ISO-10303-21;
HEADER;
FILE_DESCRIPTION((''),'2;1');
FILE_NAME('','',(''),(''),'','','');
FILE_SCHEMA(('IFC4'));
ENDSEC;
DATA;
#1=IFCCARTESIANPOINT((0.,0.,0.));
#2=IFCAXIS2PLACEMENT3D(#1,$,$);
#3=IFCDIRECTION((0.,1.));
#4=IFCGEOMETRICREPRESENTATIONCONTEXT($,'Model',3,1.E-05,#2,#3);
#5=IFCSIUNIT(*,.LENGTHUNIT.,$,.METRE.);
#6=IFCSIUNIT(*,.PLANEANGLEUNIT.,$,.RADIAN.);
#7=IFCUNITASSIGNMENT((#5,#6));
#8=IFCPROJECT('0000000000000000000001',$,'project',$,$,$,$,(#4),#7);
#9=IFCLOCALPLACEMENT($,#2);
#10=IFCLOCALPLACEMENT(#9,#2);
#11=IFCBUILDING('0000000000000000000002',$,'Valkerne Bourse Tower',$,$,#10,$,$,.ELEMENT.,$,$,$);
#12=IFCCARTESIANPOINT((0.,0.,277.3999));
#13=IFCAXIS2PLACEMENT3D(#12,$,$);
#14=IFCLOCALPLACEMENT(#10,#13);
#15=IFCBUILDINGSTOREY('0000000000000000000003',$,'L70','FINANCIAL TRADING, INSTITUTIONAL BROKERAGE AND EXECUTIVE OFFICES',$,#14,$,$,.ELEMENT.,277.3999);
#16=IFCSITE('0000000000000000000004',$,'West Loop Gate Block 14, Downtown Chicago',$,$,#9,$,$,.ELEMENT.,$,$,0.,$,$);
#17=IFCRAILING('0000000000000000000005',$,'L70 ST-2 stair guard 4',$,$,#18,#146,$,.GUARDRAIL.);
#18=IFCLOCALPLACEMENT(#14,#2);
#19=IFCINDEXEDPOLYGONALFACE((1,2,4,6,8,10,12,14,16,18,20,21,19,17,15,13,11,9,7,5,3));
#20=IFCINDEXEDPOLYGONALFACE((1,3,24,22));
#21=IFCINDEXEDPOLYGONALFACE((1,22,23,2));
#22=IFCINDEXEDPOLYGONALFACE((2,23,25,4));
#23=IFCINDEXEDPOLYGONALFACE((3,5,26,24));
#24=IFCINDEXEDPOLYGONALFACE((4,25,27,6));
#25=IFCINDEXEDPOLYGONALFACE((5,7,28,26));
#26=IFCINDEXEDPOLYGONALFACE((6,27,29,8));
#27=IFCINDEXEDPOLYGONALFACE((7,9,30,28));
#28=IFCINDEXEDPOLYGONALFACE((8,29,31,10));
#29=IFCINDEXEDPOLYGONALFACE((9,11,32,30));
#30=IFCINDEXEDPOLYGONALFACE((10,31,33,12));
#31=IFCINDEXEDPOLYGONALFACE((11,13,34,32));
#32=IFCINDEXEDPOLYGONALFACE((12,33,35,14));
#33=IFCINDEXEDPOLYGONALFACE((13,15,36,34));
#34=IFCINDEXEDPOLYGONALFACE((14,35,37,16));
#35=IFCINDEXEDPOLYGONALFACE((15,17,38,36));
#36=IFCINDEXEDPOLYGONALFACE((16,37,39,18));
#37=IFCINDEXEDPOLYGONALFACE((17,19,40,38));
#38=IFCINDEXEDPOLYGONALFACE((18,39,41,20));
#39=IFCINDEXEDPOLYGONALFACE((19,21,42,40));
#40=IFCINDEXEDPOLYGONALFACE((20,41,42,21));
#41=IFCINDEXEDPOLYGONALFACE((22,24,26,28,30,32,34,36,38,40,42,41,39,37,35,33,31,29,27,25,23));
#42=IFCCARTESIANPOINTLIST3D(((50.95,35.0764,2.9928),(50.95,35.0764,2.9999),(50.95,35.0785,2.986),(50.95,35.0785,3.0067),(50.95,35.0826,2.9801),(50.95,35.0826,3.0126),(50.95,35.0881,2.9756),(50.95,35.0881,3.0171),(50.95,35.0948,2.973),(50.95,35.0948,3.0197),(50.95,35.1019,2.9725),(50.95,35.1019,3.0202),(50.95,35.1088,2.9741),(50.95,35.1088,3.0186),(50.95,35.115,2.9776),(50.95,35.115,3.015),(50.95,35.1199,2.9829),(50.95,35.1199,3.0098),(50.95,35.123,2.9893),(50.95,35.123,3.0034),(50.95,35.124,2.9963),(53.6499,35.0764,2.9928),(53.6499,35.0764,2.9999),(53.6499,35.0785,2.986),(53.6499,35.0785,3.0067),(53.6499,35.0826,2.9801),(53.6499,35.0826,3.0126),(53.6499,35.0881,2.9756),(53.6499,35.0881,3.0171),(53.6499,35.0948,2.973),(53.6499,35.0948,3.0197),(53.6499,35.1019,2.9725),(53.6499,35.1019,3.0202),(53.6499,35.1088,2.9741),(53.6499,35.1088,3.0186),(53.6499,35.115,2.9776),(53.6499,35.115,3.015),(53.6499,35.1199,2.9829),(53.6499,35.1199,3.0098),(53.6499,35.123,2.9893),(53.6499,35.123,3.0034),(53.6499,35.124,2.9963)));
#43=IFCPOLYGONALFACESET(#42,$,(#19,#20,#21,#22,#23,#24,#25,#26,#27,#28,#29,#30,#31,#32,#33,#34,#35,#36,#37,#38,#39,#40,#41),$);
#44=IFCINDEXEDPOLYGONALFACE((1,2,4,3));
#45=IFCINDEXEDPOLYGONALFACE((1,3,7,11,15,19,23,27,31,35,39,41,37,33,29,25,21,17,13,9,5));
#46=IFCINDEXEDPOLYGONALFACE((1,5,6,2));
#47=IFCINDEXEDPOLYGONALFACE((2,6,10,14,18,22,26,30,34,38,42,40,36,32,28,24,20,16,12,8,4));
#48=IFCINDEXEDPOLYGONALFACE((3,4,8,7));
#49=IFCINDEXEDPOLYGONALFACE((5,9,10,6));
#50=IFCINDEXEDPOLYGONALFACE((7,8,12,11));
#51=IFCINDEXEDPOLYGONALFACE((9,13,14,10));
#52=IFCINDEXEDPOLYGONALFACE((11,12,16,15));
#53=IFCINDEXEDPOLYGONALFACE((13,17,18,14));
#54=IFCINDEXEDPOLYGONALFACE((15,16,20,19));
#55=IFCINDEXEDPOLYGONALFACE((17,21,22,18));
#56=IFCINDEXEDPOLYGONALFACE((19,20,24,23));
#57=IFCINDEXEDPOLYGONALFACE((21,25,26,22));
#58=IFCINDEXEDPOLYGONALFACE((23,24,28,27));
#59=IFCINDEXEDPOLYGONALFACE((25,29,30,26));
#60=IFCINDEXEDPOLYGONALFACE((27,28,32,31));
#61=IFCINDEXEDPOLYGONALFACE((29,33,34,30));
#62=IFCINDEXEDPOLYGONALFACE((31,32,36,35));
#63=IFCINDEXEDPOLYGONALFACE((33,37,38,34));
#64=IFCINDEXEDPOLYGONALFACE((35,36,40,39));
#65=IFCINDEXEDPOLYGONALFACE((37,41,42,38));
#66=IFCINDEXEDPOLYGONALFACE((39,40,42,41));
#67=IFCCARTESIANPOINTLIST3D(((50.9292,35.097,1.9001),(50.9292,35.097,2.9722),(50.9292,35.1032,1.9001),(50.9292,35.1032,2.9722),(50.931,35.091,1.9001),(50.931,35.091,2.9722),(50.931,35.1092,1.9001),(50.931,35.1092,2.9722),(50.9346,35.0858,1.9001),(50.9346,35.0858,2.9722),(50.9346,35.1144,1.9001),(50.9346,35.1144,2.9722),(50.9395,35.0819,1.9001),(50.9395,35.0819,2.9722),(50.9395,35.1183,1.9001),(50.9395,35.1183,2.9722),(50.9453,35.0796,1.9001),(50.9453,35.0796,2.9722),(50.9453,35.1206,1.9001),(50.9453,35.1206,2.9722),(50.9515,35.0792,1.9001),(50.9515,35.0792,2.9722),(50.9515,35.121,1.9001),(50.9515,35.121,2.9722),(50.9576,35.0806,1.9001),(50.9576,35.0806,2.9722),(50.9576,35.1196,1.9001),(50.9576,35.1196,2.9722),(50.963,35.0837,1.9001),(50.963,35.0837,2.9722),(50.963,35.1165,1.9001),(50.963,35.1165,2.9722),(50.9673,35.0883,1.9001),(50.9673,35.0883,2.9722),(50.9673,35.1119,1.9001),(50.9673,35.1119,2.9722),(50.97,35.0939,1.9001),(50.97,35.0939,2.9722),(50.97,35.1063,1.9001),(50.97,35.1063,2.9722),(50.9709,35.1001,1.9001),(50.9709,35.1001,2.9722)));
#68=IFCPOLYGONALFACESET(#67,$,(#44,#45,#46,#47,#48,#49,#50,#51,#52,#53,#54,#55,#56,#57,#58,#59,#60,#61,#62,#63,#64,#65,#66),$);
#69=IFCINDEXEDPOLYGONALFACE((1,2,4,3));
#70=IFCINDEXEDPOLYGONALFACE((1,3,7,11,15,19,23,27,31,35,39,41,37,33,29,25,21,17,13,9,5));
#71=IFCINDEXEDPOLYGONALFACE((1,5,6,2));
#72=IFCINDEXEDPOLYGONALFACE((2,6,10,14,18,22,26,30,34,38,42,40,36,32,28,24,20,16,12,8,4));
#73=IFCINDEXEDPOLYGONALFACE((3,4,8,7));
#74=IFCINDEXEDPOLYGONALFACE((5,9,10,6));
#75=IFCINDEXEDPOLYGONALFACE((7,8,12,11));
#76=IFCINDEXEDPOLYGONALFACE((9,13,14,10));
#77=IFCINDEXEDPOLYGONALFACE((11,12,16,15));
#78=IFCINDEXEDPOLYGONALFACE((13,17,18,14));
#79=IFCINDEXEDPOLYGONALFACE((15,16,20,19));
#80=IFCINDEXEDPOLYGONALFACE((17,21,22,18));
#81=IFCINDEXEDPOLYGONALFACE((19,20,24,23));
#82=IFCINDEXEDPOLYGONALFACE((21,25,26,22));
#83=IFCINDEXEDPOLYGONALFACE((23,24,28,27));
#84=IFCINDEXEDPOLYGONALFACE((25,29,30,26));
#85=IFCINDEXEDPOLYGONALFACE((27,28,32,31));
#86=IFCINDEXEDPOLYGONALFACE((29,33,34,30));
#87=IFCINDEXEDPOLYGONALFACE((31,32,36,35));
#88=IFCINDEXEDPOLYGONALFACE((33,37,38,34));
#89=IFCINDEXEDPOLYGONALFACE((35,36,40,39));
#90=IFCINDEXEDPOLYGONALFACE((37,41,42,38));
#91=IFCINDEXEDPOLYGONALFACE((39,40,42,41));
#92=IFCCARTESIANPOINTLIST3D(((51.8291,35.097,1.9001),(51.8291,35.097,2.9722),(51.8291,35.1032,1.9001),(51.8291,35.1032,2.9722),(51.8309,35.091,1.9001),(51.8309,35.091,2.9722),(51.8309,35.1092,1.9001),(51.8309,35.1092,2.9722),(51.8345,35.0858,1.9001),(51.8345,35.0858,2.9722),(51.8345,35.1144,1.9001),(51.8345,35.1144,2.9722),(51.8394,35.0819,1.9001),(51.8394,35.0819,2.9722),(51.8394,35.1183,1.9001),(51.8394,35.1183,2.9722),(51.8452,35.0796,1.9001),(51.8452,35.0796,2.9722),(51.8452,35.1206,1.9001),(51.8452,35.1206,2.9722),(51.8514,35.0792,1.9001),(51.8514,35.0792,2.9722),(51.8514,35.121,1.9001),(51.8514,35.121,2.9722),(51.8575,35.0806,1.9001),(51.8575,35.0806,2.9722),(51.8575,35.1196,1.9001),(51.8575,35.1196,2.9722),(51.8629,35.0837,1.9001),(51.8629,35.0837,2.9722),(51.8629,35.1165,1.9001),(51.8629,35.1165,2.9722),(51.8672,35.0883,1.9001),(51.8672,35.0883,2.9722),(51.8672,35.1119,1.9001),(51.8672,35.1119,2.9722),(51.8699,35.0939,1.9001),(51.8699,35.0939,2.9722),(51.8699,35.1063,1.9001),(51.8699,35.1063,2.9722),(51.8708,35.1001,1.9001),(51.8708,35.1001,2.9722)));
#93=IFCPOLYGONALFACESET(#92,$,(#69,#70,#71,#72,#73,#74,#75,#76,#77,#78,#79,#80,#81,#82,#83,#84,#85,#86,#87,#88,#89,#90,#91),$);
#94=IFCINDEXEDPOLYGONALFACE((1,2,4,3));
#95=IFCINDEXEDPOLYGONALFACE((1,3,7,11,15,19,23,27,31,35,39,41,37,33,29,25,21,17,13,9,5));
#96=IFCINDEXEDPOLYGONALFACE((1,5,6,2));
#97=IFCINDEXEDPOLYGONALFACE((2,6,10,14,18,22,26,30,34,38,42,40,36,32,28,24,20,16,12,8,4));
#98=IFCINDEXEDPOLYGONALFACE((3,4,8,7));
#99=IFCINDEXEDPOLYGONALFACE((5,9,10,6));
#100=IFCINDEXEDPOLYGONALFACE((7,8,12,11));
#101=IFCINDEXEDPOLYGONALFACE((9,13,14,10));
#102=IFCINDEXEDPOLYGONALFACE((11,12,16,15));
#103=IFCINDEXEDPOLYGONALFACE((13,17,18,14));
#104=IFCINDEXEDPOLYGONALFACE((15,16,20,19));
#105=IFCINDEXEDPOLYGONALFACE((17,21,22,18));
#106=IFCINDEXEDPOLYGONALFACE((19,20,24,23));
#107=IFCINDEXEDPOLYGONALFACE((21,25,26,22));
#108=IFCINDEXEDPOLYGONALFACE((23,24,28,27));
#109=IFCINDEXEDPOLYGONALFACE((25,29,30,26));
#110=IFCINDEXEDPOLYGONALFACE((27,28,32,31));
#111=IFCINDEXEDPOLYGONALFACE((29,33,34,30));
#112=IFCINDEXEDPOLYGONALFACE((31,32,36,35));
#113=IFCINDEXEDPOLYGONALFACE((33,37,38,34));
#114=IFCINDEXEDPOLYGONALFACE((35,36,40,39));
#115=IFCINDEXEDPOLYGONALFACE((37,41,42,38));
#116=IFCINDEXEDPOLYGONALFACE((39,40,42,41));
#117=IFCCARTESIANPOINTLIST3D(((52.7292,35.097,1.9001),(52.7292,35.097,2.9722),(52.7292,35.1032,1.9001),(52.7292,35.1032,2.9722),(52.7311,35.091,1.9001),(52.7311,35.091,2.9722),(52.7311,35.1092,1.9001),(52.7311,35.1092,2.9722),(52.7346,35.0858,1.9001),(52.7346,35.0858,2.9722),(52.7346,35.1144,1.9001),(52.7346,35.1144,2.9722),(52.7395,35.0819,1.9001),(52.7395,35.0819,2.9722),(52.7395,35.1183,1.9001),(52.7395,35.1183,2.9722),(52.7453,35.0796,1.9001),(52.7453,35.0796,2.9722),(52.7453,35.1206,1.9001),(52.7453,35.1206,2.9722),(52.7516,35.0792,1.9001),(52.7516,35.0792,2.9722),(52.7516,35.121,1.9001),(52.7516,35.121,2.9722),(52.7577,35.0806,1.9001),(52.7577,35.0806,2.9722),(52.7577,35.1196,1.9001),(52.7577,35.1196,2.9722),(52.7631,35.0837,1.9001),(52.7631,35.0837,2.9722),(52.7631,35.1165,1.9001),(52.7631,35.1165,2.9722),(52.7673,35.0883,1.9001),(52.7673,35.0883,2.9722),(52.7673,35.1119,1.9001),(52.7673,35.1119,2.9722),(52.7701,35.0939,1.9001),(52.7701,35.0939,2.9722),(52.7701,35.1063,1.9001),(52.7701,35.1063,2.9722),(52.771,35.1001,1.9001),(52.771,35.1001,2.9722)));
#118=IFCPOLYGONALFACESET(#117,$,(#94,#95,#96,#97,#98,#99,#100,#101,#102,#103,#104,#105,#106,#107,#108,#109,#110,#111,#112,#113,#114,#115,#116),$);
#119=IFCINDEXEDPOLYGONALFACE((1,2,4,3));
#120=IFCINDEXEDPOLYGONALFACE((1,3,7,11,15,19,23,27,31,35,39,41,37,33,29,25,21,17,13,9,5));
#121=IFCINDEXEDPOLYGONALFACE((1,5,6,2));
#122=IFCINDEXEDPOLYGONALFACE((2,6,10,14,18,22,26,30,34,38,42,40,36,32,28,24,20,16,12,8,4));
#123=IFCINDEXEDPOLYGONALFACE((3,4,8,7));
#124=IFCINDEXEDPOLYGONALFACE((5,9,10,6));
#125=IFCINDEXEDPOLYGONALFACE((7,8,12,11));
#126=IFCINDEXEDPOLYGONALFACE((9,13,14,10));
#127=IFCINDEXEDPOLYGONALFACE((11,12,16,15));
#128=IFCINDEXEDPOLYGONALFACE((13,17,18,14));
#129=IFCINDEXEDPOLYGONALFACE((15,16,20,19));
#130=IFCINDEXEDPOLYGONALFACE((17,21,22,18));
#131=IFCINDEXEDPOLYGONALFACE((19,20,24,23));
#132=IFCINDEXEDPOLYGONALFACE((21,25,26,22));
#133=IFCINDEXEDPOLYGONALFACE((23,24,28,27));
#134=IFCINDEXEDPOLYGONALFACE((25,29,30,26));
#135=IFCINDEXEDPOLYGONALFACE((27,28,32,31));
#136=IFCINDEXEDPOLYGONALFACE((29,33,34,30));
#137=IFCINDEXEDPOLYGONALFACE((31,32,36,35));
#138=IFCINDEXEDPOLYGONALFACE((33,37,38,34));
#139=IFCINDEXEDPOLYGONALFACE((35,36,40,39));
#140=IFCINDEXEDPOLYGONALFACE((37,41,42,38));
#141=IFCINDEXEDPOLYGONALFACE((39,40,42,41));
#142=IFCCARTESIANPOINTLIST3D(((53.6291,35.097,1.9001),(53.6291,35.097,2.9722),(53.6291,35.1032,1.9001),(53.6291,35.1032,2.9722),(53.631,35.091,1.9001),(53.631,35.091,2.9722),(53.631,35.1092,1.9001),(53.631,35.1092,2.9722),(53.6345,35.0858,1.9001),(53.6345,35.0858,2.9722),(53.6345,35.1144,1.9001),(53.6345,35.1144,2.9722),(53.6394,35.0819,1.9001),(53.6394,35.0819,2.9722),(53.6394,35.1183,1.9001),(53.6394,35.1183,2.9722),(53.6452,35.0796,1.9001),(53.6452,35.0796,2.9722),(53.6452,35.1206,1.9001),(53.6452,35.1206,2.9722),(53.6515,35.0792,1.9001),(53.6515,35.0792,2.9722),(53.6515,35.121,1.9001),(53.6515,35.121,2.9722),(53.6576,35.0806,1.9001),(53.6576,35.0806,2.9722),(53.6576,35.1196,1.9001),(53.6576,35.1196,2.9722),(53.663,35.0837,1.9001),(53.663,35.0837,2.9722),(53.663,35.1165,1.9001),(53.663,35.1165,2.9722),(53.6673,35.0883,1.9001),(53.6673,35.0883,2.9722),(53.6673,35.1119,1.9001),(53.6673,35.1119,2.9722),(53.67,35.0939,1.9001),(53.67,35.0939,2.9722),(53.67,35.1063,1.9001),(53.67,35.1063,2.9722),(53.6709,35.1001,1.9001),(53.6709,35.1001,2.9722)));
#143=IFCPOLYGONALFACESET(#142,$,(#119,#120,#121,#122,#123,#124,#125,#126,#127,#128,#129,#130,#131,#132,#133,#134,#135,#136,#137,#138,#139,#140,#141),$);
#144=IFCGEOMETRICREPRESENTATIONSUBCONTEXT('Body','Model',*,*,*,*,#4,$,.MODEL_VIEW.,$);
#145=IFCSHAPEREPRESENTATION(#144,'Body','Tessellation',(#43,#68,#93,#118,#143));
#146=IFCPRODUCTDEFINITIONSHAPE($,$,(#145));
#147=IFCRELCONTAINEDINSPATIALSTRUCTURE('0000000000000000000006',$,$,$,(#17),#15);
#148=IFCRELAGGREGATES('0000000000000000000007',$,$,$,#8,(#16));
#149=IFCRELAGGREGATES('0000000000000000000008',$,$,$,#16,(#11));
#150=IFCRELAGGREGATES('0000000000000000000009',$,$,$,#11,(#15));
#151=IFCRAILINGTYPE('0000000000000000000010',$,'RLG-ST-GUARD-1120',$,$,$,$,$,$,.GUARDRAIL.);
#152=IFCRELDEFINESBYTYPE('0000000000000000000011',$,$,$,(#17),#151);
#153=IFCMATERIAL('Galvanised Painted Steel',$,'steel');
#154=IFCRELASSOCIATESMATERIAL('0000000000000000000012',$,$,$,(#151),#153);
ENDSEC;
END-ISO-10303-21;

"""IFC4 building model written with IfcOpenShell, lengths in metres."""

from ifc_helpers import new_model, si_unit, direction, frame, origin, origin_2d, place, context, subcontext, project, spatial, circle, extrude, material, type_object, element, save


model = new_model("IFC4")

# Units and contexts
model_context = context("Model", 3, precision=1e-05, world=origin(), true_north=direction((0.0, 1.0)))
body_context = subcontext(model_context, "Body", "Model", "MODEL_VIEW")
ifc_project = project(units=[si_unit("LENGTHUNIT", "METRE"), si_unit("PLANEANGLEUNIT", "RADIAN")], contexts=[model_context])

# Site, building, storey
site_placement = place(None, origin())
site = spatial("IfcSite", under=ifc_project, at=site_placement, Name="West Loop Gate Block 14, Downtown Chicago", CompositionType="ELEMENT", RefElevation=0.0)
building_placement = place(site_placement, origin())
building = spatial("IfcBuilding", under=site, at=building_placement, Name="Valkerne Bourse Tower", CompositionType="ELEMENT")
storey_placement = place(building_placement, frame((0.0, 0.0, 277.3999)))
storey = spatial("IfcBuildingStorey", under=building, at=storey_placement, Name="L70", Description="FINANCIAL TRADING, INSTITUTIONAL BROKERAGE AND EXECUTIVE OFFICES", CompositionType="ELEMENT", Elevation=277.3999)

# Railing
ifc_material_1 = material(Name="Galvanised Painted Steel", Category="steel")
railing_type_1 = type_object("IfcRailingType", Name="RLG-ST-GUARD-1120", PredefinedType="GUARDRAIL", material=ifc_material_1)
railing_1_placement = place(storey_placement, frame((50.95, 35.1001, 1.9001)))
element("IfcRailing", 1, at=railing_1_placement, inside=storey, type_object=railing_type_1, Name="L70 ST-2 stair guard 4", PredefinedType="GUARDRAIL", context=body_context, shape_type="SweptSolid", body=[
    extrude(circle(Radius=0.0239, at=origin_2d()), frame((0.0, 0.0, 1.0962), z_axis=(1.0, 0.0, 0.0), x_axis=(0.0, 1.0, 0.0)), (0.0, 0.0, 1.0), 2.7),
    extrude(circle(Radius=0.021, at=origin_2d()), origin(), (0.0, 0.0, 1.0), 1.072),
    extrude(circle(Radius=0.021, at=origin_2d()), frame((0.8999, 0.0, 0.0)), (0.0, 0.0, 1.0), 1.072),
    extrude(circle(Radius=0.021, at=origin_2d()), frame((1.8, 0.0, 0.0)), (0.0, 0.0, 1.0), 1.072),
    extrude(circle(Radius=0.021, at=origin_2d()), frame((2.7, 0.0, 0.0)), (0.0, 0.0, 1.0), 1.072),
])

save(model, "model.ifc")
